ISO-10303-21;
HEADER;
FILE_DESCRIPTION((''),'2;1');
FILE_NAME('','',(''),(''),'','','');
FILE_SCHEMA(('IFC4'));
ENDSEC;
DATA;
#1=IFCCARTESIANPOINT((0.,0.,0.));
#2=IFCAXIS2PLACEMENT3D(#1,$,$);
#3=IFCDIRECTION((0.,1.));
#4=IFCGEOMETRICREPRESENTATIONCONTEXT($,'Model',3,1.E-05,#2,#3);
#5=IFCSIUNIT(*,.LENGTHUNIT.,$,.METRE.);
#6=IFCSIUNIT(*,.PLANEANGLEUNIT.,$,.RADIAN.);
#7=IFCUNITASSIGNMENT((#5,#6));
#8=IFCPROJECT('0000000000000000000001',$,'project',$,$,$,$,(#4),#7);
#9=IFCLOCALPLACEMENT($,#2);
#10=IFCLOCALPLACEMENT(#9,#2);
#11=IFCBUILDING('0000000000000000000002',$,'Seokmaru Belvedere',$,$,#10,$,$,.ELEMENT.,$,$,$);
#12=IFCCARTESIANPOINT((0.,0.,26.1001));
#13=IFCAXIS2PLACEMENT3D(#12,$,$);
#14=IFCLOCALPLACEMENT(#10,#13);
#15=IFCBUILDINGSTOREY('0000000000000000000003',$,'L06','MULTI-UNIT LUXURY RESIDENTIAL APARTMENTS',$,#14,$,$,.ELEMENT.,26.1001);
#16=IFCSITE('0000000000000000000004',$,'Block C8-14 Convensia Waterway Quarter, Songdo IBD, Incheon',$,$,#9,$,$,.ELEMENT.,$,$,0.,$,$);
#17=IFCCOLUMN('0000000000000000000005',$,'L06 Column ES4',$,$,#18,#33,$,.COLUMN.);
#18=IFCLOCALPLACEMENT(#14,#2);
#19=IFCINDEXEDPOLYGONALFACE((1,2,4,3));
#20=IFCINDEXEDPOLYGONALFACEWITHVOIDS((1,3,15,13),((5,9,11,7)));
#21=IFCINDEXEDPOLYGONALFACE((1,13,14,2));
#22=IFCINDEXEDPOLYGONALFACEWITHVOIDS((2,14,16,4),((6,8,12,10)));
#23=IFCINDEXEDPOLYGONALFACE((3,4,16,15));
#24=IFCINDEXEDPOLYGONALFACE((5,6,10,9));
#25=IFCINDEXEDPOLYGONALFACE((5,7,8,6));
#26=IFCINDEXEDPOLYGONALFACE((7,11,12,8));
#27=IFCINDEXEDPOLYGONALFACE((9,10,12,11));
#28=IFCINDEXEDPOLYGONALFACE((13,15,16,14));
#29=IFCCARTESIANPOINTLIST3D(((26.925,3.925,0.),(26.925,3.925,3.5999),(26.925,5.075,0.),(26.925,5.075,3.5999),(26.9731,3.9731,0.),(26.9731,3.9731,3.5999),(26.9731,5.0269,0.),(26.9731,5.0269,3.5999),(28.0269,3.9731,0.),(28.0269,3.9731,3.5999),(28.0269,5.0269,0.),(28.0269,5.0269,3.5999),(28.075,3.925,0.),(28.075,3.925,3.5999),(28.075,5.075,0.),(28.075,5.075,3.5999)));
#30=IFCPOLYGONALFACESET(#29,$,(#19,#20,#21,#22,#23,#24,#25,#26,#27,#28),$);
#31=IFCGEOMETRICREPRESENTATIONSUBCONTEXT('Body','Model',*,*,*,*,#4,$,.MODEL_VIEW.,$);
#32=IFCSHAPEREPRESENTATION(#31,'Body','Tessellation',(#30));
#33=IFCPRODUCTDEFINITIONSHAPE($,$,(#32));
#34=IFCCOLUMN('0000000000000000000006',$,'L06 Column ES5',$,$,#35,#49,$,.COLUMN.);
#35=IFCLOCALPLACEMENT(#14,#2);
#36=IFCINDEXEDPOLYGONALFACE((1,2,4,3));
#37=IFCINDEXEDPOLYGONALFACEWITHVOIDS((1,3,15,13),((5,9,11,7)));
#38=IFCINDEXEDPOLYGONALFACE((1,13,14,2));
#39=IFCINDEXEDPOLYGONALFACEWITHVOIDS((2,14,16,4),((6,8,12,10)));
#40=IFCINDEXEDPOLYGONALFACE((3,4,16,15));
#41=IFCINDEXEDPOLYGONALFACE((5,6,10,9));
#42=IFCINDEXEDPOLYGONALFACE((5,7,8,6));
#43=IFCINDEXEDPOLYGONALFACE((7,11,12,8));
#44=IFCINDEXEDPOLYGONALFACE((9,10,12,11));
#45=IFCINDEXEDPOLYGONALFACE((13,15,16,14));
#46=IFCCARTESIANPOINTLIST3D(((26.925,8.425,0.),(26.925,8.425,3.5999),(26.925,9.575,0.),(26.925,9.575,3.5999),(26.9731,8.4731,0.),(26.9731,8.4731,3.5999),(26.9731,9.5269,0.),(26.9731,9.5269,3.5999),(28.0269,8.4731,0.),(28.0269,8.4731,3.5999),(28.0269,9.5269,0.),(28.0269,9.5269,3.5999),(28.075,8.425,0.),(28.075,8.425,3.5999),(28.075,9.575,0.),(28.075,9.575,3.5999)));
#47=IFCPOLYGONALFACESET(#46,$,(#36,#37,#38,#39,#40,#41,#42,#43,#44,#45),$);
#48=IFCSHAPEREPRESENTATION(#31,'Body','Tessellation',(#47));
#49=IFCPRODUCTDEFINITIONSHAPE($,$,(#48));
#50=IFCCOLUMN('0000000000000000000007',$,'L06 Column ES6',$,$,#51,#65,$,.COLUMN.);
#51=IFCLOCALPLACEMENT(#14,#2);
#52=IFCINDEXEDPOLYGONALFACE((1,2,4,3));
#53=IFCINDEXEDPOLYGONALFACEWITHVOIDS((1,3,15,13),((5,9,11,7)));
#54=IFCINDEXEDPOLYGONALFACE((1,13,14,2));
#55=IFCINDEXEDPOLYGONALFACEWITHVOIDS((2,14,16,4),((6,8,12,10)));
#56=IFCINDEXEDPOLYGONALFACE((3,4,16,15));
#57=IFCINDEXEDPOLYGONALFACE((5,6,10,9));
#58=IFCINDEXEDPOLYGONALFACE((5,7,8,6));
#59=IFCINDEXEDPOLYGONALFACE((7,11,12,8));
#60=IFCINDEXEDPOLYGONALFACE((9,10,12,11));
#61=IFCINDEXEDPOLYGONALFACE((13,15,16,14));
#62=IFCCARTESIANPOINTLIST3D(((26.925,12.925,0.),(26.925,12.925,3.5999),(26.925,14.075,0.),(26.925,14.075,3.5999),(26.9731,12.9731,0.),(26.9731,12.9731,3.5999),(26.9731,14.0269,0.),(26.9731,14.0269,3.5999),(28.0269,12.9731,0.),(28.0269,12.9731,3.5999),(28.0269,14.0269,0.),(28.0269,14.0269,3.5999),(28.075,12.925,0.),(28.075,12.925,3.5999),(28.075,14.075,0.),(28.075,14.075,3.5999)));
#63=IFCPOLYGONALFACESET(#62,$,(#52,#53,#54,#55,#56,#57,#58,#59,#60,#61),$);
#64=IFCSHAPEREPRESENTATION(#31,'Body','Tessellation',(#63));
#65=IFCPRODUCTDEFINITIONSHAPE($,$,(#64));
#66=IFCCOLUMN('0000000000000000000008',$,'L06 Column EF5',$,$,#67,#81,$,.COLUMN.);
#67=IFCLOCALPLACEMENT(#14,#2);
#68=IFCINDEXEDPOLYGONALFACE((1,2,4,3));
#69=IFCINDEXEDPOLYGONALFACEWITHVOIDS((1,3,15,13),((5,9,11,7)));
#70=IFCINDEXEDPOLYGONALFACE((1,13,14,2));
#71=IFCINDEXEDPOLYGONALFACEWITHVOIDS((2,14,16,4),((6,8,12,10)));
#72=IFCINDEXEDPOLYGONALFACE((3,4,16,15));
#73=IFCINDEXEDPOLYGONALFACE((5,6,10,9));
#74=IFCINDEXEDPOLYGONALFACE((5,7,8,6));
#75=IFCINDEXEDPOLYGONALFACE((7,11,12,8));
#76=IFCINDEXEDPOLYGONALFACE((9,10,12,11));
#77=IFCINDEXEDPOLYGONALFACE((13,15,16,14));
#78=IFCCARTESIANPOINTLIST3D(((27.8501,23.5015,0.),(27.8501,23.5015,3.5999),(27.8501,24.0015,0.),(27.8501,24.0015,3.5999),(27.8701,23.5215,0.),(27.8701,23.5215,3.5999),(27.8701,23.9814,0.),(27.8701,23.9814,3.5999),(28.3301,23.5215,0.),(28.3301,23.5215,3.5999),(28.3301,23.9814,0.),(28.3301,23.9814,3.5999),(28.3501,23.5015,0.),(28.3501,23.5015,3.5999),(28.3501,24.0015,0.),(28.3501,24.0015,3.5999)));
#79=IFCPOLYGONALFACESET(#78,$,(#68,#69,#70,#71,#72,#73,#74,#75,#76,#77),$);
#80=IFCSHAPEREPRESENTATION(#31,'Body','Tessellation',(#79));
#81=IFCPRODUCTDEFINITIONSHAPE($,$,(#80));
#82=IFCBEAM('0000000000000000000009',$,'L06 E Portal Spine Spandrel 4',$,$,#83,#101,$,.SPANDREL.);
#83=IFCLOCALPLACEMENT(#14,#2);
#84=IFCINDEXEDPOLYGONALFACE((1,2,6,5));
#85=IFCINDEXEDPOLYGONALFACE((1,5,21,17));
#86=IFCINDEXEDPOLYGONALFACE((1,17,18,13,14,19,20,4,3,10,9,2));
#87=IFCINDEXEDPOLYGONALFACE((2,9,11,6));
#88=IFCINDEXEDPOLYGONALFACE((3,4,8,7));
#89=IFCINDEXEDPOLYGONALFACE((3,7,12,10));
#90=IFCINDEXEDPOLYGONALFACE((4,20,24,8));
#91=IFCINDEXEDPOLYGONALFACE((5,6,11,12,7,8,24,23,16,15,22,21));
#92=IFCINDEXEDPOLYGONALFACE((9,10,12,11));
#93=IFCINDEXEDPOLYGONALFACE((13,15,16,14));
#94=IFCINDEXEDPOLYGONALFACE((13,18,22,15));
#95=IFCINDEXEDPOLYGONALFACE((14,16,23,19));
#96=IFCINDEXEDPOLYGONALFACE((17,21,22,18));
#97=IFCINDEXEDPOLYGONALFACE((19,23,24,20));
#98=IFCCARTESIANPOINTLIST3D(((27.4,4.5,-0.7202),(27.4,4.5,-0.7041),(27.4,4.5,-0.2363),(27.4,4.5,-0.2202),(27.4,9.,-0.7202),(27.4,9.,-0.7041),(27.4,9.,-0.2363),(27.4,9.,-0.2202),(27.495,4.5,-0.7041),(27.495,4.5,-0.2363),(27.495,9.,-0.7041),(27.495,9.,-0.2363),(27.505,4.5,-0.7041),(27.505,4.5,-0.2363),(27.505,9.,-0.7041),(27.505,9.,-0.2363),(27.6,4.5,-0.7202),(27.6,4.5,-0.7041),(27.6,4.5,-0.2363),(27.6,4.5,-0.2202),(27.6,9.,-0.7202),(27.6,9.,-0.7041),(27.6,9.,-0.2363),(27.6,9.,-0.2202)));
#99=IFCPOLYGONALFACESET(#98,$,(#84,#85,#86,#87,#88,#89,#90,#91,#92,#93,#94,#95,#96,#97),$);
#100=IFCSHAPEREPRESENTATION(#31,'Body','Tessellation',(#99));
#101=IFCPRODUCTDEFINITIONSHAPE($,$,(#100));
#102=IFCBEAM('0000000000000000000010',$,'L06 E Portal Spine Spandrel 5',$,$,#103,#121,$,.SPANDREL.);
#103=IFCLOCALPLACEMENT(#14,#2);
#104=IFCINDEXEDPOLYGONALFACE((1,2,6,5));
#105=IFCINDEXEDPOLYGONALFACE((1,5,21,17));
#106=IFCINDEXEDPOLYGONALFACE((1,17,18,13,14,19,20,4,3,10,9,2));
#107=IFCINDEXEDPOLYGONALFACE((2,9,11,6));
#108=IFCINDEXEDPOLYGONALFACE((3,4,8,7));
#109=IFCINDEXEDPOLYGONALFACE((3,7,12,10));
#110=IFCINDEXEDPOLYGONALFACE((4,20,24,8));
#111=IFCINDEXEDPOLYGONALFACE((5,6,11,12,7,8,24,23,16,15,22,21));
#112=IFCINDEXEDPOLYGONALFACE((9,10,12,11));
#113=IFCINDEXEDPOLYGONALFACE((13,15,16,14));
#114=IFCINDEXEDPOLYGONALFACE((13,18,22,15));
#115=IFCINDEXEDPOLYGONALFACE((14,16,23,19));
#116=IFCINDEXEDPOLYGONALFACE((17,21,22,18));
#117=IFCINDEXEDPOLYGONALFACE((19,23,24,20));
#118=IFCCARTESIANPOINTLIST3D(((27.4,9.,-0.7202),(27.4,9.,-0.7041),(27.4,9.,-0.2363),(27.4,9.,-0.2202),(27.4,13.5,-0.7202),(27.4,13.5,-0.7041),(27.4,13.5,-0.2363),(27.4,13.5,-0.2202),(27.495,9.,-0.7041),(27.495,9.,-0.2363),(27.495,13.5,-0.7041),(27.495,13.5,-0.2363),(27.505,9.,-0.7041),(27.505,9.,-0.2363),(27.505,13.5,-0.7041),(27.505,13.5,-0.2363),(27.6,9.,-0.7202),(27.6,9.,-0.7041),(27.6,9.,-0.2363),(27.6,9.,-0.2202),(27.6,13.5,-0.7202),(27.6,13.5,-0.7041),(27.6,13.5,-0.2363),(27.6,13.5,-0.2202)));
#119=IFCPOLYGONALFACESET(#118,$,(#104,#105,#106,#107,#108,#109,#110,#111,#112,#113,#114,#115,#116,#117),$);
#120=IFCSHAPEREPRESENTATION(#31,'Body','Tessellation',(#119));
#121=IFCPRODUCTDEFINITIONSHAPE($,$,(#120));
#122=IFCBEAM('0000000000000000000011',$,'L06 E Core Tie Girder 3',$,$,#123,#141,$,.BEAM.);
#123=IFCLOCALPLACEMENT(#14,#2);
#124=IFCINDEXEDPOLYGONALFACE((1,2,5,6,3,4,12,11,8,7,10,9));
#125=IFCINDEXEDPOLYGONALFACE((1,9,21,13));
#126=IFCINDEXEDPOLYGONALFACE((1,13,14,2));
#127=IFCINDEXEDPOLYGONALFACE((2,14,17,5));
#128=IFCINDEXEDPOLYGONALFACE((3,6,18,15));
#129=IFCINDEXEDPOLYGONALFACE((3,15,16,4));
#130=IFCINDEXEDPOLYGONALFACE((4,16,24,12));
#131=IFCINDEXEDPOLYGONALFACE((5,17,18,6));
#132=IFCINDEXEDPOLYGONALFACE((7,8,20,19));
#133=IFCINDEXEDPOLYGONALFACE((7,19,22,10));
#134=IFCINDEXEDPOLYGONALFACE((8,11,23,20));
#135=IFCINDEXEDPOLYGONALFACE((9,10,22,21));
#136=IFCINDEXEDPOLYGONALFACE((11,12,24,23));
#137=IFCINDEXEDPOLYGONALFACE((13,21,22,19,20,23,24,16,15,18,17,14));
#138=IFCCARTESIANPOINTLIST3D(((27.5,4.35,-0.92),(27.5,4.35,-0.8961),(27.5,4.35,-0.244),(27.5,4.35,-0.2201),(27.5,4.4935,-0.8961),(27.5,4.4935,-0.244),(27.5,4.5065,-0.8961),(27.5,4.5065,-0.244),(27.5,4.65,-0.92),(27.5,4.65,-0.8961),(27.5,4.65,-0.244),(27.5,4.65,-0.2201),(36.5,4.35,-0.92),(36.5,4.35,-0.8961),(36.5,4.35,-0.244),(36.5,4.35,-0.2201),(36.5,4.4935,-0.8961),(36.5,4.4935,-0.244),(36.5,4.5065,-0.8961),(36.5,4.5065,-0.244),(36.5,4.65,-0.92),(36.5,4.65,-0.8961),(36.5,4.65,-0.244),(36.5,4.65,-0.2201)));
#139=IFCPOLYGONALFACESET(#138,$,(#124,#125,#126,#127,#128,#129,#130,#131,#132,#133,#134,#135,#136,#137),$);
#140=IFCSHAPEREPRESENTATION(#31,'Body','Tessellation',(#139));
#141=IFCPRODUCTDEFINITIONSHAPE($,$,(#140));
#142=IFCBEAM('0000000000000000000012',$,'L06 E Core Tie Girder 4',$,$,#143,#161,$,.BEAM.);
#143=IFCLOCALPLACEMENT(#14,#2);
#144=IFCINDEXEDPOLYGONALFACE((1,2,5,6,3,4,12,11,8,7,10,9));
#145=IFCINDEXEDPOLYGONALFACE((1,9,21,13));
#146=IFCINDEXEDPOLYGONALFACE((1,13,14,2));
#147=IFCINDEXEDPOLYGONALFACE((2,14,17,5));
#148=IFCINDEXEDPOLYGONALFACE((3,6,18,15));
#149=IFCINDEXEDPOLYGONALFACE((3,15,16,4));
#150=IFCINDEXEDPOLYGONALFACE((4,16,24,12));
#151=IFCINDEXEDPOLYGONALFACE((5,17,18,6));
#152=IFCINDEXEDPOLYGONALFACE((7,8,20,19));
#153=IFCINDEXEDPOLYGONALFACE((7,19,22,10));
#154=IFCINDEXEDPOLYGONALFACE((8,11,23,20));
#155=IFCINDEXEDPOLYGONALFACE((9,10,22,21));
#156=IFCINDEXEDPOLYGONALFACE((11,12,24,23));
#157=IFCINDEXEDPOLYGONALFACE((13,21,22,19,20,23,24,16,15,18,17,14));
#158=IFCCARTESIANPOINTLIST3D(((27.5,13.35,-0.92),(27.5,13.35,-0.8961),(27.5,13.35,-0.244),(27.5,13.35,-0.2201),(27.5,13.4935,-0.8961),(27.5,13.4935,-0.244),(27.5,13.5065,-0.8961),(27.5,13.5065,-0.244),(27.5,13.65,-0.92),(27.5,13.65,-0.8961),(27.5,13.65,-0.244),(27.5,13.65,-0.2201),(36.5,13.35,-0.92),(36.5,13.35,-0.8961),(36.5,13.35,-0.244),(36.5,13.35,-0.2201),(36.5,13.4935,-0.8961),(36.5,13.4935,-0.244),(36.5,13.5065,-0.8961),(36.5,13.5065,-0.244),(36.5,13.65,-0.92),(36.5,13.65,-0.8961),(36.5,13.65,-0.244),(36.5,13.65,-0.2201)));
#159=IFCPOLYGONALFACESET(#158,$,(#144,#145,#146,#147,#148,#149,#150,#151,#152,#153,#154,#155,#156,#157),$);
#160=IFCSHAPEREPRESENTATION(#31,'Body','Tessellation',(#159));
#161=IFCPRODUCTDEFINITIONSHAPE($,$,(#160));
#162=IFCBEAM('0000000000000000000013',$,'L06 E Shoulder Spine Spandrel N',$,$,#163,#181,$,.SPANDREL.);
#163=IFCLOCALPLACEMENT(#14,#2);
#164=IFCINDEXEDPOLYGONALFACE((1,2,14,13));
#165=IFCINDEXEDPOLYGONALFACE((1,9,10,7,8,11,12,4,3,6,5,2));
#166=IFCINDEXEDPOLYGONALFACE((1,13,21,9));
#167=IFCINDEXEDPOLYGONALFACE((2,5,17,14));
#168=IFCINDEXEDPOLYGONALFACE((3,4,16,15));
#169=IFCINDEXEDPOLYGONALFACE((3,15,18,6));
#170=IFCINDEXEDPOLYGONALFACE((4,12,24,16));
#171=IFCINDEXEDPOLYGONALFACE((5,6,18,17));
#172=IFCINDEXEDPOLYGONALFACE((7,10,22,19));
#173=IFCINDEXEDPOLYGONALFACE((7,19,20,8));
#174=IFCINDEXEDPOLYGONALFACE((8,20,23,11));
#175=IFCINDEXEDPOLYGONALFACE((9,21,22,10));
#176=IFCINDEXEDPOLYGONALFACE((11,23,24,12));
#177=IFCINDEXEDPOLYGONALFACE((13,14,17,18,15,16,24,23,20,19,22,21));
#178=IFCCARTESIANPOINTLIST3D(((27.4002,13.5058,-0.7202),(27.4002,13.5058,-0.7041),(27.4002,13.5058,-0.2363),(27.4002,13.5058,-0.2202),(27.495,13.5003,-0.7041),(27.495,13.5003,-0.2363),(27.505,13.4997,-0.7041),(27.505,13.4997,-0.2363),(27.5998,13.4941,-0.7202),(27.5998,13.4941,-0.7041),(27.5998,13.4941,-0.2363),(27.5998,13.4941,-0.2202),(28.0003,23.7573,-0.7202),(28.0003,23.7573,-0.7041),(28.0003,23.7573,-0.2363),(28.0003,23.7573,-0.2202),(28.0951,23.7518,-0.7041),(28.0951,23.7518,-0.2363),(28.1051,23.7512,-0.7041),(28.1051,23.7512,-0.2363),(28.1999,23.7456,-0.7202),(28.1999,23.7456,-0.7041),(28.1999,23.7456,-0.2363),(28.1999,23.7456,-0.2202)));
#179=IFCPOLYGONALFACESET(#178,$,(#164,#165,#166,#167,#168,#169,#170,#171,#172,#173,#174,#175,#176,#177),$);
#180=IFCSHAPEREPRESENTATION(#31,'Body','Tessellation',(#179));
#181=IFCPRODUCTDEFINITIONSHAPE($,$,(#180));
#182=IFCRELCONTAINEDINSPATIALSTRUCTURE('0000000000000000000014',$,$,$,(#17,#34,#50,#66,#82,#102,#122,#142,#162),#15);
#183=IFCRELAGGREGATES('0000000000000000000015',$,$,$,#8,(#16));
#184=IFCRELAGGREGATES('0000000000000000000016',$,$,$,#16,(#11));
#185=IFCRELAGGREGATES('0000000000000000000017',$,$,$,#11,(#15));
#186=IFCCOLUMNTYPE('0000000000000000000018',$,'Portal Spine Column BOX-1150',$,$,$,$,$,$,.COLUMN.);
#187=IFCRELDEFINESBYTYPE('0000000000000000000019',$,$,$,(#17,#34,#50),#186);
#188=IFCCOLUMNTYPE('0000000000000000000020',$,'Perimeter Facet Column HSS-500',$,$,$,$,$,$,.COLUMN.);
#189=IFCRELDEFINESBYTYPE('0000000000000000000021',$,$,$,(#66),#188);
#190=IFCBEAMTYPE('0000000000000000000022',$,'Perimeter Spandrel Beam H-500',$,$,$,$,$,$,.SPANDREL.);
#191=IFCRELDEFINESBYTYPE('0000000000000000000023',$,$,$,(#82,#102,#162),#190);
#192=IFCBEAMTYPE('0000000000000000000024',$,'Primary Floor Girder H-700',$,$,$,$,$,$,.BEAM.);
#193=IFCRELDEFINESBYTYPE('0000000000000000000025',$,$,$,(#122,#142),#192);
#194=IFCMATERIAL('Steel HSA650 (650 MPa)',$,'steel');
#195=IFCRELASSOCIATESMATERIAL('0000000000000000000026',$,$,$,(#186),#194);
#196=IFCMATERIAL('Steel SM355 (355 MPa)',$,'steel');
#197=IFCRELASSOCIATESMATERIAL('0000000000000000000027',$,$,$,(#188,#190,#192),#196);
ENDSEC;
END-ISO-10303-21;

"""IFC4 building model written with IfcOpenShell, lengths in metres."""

from ifc_helpers import new_model, si_unit, direction, frame, origin, origin_2d, place, context, subcontext, project, spatial, hollow_rectangle, i_section, extrude, source, transform, mapped, material, material_profile, profile_set, type_object, type_shapes, element, save


model = new_model("IFC4")

# Units and contexts
model_context = context("Model", 3, precision=1e-05, world=origin(), true_north=direction((0.0, 1.0)))
body_context = subcontext(model_context, "Body", "Model", "MODEL_VIEW")
ifc_project = project(units=[si_unit("LENGTHUNIT", "METRE"), si_unit("PLANEANGLEUNIT", "RADIAN")], contexts=[model_context])

# Site, building, storey
site_placement = place(None, origin())
site = spatial("IfcSite", under=ifc_project, at=site_placement, Name="Block C8-14 Convensia Waterway Quarter, Songdo IBD, Incheon", CompositionType="ELEMENT", RefElevation=0.0)
building_placement = place(site_placement, origin())
building = spatial("IfcBuilding", under=site, at=building_placement, Name="Seokmaru Belvedere", CompositionType="ELEMENT")
storey_placement = place(building_placement, frame((0.0, 0.0, 26.1001)))
storey = spatial("IfcBuildingStorey", under=building, at=storey_placement, Name="L06", Description="MULTI-UNIT LUXURY RESIDENTIAL APARTMENTS", CompositionType="ELEMENT", Elevation=26.1001)

# Columns
ifc_material_1 = material(Name="Steel HSA650 (650 MPa)", Category="steel")
ifc_material_profile_1 = material_profile(ifc_material_1, hollow_rectangle(XDim=1.1499, YDim=1.1499, WallThickness=0.0481, at=origin_2d()), Name="BOX-1150x1150x48")
ifc_profile_set_1 = profile_set([ifc_material_profile_1], Name="Steel HSA650 (650 MPa)")
column_type_1 = type_object("IfcColumnType", Name="Portal Spine Column BOX-1150", PredefinedType="COLUMN", material=ifc_profile_set_1)
shared_shape_1 = source(origin(), body_context, "Body", "SweptSolid", [
    extrude(hollow_rectangle(XDim=1.1499, YDim=1.1499, WallThickness=0.0481, at=origin_2d()), origin(), (0.0, 0.0, 1.0), 3.5999),
])
type_shapes(column_type_1, [shared_shape_1])
for number, where, z_axis, x_axis, name in (
    (1, (27.5, 4.5, 0.0), (0.0, 0.0, 1.0), (1.0, 0.0, 0.0), "L06 Column ES4"),
    (2, (27.5, 9.0, 0.0), (0.0, 0.0, 1.0), (1.0, 0.0, 0.0), "L06 Column ES5"),
    (3, (27.5, 13.5, 0.0), (0.0, 0.0, 1.0), (1.0, 0.0, 0.0), "L06 Column ES6"),
):
    element("IfcColumn", number, at=place(storey_placement, frame(where, z_axis=z_axis, x_axis=x_axis)), inside=storey, type_object=column_type_1, Name=name, PredefinedType="COLUMN", context=body_context, shape_type="MappedRepresentation", body=[
        mapped(shared_shape_1, transform((0.0, 0.0, 0.0), scale=1.0)),
    ])
ifc_material_2 = material(Name="Steel SM355 (355 MPa)", Category="steel")
ifc_material_profile_2 = material_profile(ifc_material_2, hollow_rectangle(XDim=0.5, YDim=0.5, WallThickness=0.02, at=origin_2d()), Name="HSS-500x500x20")
ifc_profile_set_2 = profile_set([ifc_material_profile_2], Name="Steel SM355 (355 MPa)")
column_type_2 = type_object("IfcColumnType", Name="Perimeter Facet Column HSS-500", PredefinedType="COLUMN", material=ifc_profile_set_2)
shared_shape_2 = source(origin(), body_context, "Body", "SweptSolid", [
    extrude(hollow_rectangle(XDim=0.5, YDim=0.5, WallThickness=0.02, at=origin_2d()), origin(), (0.0, 0.0, 1.0), 3.5999),
])
type_shapes(column_type_2, [shared_shape_2])
column_placement = place(storey_placement, frame((28.1001, 23.7515, 0.0), z_axis=(0.0, 0.0, 1.0), x_axis=(1.0, 0.0, 0.0)))
element("IfcColumn", 4, at=column_placement, inside=storey, type_object=column_type_2, Name="L06 Column EF5", PredefinedType="COLUMN", context=body_context, shape_type="MappedRepresentation", body=[
    mapped(shared_shape_2, transform((0.0, 0.0, 0.0), scale=1.0)),
])

# Beams
ifc_material_profile_3 = material_profile(ifc_material_2, i_section(OverallWidth=0.2, OverallDepth=0.5, WebThickness=0.01, FlangeThickness=0.0161, at=origin_2d()), Name="H-500x200x10x16")
ifc_profile_set_3 = profile_set([ifc_material_profile_3], Name="Steel SM355 (355 MPa)")
beam_type_1 = type_object("IfcBeamType", Name="Perimeter Spandrel Beam H-500", PredefinedType="SPANDREL", material=ifc_profile_set_3)
shared_shape_3 = source(origin(), body_context, "Body", "SweptSolid", [
    extrude(i_section(OverallWidth=0.2, OverallDepth=0.5, WebThickness=0.01, FlangeThickness=0.0161, at=origin_2d()), origin(), (0.0, 0.0, 1.0), 4.5),
])
for number, where, z_axis, x_axis, name in (
    (5, (27.5, 4.5, -0.4702), (0.0, 1.0, 0.0), (-1.0, 0.0, 0.0), "L06 E Portal Spine Spandrel 4"),
    (6, (27.5, 9.0, -0.4702), (0.0, 1.0, 0.0), (-1.0, 0.0, 0.0), "L06 E Portal Spine Spandrel 5"),
):
    element("IfcBeam", number, at=place(storey_placement, frame(where, z_axis=z_axis, x_axis=x_axis)), inside=storey, type_object=beam_type_1, Name=name, PredefinedType="SPANDREL", context=body_context, shape_type="MappedRepresentation", body=[
        mapped(shared_shape_3, transform((0.0, 0.0, 0.0), scale=1.0)),
    ])
ifc_material_profile_4 = material_profile(ifc_material_2, i_section(OverallWidth=0.3, OverallDepth=0.7, WebThickness=0.0129, FlangeThickness=0.0239, at=origin_2d()), Name="H-700x300x13x24")
ifc_profile_set_4 = profile_set([ifc_material_profile_4], Name="Steel SM355 (355 MPa)")
beam_type_2 = type_object("IfcBeamType", Name="Primary Floor Girder H-700", PredefinedType="BEAM", material=ifc_profile_set_4)
shared_shape_4 = source(origin(), body_context, "Body", "SweptSolid", [
    extrude(i_section(OverallWidth=0.3, OverallDepth=0.7, WebThickness=0.0129, FlangeThickness=0.0239, at=origin_2d()), origin(), (0.0, 0.0, 1.0), 9.0),
])
type_shapes(beam_type_2, [shared_shape_4])
for number, where, z_axis, x_axis, name in (
    (7, (27.5, 4.5, -0.5701), (1.0, 0.0, 0.0), (0.0, 1.0, 0.0), "L06 E Core Tie Girder 3"),
    (8, (27.5, 13.5, -0.5701), (1.0, 0.0, 0.0), (0.0, 1.0, 0.0), "L06 E Core Tie Girder 4"),
):
    element("IfcBeam", number, at=place(storey_placement, frame(where, z_axis=z_axis, x_axis=x_axis)), inside=storey, type_object=beam_type_2, Name=name, PredefinedType="BEAM", context=body_context, shape_type="MappedRepresentation", body=[
        mapped(shared_shape_4, transform((0.0, 0.0, 0.0), scale=1.0)),
    ])
shared_shape_5 = source(origin(), body_context, "Body", "SweptSolid", [
    extrude(i_section(OverallWidth=0.2, OverallDepth=0.5, WebThickness=0.01, FlangeThickness=0.0161, at=origin_2d()), origin(), (0.0, 0.0, 1.0), 10.269),
])
type_shapes(beam_type_1, [shared_shape_3, shared_shape_5])
beam_placement = place(storey_placement, frame((28.1001, 23.7515, -0.4702), z_axis=(-0.058438, -0.998291, 0.0), x_axis=(0.998291, -0.058438, 0.0)))
element("IfcBeam", 9, at=beam_placement, inside=storey, type_object=beam_type_1, Name="L06 E Shoulder Spine Spandrel N", PredefinedType="SPANDREL", context=body_context, shape_type="MappedRepresentation", body=[
    mapped(shared_shape_5, transform((0.0, 0.0, 0.0), scale=1.0)),
])

save(model, "model.ifc")
